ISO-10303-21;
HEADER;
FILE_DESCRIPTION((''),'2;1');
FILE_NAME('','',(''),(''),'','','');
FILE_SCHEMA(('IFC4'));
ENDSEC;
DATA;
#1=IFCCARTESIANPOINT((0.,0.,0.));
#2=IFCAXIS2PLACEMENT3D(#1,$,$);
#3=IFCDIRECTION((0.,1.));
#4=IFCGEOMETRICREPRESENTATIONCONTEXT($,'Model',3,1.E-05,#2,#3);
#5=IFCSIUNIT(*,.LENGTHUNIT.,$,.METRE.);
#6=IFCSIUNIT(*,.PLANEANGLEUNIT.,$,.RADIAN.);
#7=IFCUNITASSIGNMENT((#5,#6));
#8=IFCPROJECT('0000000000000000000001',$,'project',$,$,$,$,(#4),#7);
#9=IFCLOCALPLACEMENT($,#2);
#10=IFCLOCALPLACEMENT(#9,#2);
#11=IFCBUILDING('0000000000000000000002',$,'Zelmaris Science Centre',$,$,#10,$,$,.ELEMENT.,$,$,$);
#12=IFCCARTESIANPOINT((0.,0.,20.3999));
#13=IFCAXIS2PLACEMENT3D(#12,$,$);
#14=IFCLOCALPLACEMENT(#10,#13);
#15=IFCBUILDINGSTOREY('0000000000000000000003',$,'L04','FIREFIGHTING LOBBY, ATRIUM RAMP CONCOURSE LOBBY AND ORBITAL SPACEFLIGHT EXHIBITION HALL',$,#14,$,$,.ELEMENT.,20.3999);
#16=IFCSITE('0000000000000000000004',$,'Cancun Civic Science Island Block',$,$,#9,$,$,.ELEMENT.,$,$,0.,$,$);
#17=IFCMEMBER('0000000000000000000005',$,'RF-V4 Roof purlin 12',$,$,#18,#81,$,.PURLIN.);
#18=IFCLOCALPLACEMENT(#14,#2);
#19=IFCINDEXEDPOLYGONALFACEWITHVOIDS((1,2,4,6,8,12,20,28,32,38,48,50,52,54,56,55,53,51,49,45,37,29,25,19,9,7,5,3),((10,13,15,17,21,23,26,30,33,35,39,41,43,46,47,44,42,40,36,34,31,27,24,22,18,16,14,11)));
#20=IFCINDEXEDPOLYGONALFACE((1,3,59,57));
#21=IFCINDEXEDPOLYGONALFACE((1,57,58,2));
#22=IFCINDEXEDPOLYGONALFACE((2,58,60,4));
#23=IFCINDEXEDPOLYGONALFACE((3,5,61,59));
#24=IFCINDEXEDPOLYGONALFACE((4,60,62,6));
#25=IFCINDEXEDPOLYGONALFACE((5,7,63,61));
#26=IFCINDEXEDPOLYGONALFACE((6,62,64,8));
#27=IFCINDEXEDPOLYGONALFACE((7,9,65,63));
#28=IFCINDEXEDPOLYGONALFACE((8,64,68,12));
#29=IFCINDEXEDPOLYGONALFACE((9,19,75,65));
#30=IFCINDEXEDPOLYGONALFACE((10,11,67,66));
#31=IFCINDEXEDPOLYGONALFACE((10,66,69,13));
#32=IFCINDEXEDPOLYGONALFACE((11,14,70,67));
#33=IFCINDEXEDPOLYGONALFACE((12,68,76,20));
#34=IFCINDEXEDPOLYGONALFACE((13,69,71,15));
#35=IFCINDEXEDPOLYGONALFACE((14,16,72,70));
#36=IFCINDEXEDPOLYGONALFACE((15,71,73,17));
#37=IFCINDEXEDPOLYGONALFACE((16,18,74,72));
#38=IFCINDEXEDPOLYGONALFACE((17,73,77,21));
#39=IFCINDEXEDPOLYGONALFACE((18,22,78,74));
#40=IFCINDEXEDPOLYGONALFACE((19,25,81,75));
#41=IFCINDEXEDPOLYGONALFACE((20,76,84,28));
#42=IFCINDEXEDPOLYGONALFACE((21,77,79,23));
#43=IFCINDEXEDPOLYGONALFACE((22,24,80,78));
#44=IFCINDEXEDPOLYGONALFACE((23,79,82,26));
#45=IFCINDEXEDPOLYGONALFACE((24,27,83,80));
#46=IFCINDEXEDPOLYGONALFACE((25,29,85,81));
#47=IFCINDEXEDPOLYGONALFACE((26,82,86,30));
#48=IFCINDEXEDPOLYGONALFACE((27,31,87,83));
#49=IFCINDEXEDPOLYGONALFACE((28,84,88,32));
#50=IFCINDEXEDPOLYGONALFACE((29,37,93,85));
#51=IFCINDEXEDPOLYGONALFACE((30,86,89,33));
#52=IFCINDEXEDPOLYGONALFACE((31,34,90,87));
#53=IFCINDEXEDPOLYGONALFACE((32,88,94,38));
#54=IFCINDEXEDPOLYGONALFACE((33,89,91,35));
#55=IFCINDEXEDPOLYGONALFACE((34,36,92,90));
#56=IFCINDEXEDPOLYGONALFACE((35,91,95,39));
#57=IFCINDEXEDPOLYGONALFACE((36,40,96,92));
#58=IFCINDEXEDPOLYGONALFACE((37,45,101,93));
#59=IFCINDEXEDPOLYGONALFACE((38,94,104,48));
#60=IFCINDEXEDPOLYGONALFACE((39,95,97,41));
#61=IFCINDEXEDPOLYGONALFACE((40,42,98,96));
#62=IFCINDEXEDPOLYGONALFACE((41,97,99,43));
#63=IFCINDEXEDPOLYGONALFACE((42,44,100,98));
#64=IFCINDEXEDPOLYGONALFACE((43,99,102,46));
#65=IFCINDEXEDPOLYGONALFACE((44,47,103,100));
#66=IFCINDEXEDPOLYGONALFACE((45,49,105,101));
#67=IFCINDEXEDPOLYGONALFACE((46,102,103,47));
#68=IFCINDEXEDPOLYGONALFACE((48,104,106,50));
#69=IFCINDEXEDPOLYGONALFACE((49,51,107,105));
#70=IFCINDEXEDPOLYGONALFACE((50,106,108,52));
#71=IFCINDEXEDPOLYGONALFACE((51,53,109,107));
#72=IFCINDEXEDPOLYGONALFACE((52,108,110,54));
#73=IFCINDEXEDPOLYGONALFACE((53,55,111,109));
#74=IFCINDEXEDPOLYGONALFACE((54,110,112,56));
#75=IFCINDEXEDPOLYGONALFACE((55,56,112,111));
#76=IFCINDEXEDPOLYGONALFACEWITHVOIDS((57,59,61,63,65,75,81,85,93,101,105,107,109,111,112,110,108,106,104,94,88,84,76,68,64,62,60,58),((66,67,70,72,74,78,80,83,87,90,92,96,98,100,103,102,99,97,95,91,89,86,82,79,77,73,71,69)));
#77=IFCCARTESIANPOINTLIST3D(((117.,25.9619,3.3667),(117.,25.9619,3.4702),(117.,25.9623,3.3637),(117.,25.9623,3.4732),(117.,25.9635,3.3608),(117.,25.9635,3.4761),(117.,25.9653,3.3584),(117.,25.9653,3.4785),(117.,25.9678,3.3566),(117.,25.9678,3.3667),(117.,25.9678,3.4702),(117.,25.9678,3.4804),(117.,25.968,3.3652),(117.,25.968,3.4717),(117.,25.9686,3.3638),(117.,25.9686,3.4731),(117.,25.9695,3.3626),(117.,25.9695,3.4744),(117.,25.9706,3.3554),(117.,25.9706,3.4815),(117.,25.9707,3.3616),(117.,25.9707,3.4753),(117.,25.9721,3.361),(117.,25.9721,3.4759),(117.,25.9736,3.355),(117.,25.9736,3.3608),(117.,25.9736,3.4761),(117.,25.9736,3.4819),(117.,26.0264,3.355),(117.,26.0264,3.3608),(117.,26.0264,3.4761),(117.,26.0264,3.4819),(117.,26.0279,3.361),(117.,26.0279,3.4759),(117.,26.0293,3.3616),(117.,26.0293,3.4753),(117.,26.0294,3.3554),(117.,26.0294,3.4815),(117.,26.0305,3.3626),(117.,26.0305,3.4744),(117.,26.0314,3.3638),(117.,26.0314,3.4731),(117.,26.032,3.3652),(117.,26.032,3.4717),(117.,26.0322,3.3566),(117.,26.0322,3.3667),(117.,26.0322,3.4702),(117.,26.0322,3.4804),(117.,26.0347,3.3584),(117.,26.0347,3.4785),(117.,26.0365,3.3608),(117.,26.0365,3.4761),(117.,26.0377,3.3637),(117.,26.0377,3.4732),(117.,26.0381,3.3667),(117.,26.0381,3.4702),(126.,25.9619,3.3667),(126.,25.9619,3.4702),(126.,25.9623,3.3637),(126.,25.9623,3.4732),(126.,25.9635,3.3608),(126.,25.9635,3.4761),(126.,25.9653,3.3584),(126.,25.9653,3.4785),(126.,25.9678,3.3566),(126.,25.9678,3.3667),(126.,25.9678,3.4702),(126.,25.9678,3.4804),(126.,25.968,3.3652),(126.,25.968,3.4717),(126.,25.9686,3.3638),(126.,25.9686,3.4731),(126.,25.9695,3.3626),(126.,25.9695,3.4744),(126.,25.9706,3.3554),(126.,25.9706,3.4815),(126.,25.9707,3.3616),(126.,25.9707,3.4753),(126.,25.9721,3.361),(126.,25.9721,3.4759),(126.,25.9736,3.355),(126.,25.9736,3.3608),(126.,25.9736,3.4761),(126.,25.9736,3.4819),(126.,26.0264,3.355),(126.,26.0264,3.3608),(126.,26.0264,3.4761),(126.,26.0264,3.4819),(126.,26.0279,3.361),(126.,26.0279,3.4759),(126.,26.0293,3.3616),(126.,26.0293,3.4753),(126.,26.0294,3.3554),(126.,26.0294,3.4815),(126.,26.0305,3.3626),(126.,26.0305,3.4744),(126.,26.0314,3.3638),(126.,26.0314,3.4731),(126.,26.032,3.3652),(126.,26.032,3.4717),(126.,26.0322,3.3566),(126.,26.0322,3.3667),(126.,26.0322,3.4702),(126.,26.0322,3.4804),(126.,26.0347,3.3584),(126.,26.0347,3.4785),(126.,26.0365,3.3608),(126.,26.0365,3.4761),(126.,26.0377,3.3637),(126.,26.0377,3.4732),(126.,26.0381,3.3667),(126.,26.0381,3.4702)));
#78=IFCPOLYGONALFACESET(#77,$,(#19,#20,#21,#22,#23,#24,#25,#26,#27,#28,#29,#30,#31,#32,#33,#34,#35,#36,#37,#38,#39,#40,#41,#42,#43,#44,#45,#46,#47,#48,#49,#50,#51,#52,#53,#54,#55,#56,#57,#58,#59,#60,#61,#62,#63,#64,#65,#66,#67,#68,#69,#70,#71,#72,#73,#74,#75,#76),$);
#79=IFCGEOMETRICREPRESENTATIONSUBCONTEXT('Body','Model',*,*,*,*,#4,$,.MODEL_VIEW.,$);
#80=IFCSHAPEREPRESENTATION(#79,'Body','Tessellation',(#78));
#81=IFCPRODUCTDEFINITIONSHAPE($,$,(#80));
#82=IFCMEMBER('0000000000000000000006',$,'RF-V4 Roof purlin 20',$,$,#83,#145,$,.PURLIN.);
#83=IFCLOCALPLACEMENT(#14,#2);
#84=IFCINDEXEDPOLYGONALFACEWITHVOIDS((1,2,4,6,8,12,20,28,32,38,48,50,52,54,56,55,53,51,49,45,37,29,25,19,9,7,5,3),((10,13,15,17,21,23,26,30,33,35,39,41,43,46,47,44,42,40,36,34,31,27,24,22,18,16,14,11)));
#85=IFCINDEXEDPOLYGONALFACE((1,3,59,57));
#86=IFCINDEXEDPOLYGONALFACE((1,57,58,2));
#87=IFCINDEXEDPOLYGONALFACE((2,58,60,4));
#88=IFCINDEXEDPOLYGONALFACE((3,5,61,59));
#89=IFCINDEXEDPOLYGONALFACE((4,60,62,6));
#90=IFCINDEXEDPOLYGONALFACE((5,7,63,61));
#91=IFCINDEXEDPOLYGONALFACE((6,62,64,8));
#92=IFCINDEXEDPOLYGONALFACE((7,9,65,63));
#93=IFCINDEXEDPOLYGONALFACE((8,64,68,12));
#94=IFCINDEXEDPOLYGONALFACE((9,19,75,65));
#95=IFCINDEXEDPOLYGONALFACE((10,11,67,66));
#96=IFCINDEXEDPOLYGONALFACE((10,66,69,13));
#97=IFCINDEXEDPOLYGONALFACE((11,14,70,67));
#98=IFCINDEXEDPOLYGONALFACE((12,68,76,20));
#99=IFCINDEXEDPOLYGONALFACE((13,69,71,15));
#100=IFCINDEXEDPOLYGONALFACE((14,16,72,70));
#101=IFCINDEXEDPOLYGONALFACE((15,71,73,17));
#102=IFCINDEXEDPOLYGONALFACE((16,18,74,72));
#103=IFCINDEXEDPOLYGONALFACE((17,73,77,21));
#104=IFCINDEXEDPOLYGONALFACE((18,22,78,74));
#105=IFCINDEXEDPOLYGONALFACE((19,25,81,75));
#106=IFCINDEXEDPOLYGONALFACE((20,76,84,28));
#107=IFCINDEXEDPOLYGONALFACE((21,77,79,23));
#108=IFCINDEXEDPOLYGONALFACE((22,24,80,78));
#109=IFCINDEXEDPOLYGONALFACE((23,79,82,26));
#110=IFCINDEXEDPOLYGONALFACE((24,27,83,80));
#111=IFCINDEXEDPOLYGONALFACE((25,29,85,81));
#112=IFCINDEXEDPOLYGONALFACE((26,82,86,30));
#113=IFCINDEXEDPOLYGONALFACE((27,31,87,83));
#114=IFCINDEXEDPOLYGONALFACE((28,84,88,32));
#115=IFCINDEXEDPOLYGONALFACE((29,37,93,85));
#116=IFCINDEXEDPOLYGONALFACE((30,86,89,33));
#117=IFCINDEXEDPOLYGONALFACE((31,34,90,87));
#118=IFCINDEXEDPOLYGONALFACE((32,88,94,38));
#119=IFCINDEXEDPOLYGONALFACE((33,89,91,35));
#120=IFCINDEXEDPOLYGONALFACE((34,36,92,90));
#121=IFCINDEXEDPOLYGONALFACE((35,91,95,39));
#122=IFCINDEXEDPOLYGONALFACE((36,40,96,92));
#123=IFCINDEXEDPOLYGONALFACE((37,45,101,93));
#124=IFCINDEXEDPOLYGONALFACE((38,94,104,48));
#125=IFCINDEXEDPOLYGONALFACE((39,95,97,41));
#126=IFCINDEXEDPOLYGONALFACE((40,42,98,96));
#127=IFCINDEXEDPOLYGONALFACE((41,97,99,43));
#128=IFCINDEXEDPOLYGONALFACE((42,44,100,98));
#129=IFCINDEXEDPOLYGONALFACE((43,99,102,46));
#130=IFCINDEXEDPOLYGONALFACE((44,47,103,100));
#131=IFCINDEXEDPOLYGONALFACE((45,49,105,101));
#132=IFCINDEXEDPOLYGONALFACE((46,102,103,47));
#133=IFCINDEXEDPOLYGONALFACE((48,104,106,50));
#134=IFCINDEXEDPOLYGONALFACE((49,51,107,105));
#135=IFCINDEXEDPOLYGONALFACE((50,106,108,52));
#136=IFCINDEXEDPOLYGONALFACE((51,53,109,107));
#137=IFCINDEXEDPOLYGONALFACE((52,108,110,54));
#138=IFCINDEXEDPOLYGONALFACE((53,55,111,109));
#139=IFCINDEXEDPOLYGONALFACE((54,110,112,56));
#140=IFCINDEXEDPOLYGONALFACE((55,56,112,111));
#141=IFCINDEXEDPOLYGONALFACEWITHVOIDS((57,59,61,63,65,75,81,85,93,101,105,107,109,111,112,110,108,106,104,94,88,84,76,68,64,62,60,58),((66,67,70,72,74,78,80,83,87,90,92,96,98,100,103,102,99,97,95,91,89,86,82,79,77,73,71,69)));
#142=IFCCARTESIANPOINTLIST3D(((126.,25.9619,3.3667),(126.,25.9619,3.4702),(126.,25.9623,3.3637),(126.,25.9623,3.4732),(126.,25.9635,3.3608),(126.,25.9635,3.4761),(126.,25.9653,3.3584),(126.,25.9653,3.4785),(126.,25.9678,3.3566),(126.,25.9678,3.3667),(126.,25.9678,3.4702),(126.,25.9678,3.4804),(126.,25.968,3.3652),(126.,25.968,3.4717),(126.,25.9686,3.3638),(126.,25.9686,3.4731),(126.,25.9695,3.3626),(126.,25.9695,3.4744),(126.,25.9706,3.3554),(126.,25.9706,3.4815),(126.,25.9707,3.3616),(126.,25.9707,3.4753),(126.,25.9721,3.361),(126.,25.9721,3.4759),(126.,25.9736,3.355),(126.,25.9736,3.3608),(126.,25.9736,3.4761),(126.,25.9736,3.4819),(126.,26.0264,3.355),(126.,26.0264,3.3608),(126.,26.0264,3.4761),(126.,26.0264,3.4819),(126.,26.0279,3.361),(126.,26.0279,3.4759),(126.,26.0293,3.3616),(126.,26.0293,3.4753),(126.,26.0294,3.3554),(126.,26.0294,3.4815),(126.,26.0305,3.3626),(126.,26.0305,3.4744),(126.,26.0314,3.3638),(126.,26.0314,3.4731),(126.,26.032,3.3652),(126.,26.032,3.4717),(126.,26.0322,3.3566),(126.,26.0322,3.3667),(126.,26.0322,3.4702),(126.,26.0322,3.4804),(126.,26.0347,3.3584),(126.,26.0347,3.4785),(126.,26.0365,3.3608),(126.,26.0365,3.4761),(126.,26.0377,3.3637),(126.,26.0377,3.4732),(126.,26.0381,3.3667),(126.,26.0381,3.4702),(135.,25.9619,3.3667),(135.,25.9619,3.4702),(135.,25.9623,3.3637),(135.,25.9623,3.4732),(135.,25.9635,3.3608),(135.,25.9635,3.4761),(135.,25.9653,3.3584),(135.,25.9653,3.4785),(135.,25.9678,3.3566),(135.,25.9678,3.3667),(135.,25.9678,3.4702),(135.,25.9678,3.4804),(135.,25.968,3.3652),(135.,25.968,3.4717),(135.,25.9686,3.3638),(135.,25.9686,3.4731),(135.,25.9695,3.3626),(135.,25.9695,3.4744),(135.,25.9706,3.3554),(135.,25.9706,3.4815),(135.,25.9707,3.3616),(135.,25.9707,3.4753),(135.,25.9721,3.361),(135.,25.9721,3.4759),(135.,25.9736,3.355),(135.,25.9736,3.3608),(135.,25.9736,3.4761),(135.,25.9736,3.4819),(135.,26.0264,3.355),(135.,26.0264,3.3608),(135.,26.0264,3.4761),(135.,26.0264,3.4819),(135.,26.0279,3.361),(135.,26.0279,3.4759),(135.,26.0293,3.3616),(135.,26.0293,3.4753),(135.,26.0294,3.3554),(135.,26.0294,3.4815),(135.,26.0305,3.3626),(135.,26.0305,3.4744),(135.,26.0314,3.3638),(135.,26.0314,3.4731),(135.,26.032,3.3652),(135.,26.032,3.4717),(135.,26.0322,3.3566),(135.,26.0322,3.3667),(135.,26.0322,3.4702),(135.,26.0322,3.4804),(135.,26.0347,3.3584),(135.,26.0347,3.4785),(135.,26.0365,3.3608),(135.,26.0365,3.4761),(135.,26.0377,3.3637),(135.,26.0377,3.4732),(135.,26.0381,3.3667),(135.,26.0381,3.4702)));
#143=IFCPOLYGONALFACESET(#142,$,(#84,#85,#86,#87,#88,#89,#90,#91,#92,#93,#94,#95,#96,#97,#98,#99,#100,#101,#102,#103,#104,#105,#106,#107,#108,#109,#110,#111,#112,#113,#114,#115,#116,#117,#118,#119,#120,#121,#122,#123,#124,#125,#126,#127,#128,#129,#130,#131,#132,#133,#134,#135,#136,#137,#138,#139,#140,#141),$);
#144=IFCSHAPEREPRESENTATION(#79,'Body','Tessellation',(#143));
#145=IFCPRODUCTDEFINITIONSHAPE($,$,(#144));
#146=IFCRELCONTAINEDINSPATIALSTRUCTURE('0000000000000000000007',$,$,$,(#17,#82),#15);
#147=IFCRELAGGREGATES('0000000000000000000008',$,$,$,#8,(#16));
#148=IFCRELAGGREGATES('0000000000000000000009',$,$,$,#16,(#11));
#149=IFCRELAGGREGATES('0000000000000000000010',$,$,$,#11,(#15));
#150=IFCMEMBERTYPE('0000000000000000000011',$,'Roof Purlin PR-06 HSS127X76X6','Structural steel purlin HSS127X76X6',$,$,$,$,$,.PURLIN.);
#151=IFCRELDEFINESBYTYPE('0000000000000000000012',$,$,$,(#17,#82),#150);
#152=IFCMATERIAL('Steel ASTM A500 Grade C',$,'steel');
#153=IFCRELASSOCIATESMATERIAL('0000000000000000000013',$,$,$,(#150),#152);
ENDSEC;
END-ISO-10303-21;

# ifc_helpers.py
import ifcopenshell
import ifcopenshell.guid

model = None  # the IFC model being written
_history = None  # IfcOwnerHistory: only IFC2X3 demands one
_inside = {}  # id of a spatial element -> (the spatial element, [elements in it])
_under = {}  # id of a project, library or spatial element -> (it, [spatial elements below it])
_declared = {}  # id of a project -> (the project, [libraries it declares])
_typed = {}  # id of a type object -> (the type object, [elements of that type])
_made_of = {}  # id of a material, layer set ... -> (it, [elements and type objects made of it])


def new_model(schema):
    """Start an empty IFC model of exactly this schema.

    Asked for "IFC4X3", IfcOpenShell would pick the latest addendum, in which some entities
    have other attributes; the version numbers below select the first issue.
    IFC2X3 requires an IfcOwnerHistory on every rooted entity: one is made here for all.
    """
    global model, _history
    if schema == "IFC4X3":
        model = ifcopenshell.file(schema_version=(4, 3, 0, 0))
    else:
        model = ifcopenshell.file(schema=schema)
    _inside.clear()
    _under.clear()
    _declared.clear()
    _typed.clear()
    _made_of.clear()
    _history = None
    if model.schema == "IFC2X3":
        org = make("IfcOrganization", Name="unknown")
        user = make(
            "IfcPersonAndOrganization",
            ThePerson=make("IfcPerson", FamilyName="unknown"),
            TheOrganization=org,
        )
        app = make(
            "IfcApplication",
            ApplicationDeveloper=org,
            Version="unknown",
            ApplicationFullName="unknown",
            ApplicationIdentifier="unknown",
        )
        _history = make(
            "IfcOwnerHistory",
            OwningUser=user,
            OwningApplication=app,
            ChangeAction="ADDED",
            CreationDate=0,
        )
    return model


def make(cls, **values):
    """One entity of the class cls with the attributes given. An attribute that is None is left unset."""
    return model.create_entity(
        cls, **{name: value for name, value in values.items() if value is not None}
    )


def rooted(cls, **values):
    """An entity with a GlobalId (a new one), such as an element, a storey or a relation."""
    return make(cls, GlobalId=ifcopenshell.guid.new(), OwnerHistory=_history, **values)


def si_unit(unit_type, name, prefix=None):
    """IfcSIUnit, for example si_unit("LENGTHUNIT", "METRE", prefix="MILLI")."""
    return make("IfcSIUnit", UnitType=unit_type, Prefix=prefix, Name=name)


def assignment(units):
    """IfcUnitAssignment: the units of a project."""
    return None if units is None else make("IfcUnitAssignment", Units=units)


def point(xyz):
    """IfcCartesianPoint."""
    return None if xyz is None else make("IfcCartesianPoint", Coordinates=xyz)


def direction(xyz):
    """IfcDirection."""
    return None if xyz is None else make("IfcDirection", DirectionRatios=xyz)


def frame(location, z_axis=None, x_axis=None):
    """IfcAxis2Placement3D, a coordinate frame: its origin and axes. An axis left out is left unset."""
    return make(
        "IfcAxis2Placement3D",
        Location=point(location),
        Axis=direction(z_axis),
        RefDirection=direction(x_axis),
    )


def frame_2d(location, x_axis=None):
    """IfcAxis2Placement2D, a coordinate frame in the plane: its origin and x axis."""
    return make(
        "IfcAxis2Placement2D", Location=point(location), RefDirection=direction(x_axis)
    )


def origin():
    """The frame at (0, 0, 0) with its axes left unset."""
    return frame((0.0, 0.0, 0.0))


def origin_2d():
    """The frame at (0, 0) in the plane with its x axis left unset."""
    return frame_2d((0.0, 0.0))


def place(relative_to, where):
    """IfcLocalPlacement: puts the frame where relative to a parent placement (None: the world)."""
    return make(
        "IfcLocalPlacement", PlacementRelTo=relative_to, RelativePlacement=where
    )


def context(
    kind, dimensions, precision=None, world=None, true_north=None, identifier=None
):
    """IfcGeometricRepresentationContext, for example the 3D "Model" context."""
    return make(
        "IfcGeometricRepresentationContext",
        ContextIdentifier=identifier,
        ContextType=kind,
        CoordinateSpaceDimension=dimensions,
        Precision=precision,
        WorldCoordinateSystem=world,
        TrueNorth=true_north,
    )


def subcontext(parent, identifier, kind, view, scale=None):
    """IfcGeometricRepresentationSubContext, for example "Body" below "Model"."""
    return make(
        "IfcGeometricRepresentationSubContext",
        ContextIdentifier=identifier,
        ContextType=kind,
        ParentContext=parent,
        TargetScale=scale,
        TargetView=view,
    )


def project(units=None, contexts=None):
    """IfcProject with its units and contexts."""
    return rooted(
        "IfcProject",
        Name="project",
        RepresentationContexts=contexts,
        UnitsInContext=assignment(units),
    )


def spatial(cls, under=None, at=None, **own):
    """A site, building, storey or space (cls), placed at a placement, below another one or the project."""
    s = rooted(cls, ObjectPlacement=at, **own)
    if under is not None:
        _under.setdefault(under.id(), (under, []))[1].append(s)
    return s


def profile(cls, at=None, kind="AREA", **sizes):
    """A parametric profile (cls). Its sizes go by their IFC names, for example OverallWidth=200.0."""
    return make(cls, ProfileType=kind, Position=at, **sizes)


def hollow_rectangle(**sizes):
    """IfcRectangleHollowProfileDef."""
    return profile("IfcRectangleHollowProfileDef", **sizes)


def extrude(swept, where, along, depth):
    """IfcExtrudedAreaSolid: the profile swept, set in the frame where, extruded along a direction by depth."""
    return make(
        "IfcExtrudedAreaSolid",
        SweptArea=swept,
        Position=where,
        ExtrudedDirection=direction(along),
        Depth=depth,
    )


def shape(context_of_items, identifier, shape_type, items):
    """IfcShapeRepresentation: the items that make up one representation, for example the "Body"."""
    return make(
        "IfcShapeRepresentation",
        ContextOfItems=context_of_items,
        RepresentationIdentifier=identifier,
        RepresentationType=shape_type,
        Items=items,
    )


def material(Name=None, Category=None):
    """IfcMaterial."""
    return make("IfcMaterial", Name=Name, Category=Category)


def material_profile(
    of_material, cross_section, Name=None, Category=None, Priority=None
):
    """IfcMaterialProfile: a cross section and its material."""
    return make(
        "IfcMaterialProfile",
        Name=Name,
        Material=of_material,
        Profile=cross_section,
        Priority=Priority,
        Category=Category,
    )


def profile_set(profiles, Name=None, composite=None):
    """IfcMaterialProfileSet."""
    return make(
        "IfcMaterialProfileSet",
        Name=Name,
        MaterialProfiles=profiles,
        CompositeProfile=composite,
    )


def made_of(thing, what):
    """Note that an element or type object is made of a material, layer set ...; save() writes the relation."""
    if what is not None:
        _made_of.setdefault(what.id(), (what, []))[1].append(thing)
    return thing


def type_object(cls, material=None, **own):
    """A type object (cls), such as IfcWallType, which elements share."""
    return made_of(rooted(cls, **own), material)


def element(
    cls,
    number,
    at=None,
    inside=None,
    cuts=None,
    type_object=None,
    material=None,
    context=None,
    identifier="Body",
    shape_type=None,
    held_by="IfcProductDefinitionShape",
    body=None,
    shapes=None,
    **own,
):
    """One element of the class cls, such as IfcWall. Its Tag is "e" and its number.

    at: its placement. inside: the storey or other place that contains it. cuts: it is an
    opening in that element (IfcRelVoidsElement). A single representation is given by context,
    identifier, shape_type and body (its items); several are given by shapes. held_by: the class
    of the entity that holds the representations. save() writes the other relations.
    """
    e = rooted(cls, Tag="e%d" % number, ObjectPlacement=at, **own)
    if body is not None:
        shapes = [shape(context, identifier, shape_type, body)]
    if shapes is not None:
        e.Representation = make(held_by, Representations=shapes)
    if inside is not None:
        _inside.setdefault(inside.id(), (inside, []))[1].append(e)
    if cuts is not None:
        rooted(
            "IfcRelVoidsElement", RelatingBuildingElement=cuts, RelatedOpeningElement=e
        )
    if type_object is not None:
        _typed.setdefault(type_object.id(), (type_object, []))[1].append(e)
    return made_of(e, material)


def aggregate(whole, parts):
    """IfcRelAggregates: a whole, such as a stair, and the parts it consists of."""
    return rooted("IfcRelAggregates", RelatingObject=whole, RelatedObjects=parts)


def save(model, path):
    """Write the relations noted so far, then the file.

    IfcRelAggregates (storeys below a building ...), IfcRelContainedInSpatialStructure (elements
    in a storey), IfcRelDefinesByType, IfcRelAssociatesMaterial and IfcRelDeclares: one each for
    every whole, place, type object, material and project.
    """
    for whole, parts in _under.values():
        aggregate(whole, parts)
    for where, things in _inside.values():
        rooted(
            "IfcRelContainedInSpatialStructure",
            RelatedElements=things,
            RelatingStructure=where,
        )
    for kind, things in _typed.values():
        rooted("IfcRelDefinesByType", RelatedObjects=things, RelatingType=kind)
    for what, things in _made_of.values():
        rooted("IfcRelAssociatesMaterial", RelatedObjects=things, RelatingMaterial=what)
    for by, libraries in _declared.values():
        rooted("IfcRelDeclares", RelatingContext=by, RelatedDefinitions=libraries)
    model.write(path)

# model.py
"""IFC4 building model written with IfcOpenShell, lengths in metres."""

from ifc_helpers import new_model, si_unit, direction, frame, origin, origin_2d, place, context, subcontext, project, spatial, hollow_rectangle, extrude, material, material_profile, profile_set, type_object, element, save


model = new_model("IFC4")

# Units and contexts
model_context = context("Model", 3, precision=1e-05, world=origin(), true_north=direction((0.0, 1.0)))
body_context = subcontext(model_context, "Body", "Model", "MODEL_VIEW")
ifc_project = project(units=[si_unit("LENGTHUNIT", "METRE"), si_unit("PLANEANGLEUNIT", "RADIAN")], contexts=[model_context])

# Site, building, storey
site_placement = place(None, origin())
site = spatial("IfcSite", under=ifc_project, at=site_placement, Name="Cancun Civic Science Island Block", CompositionType="ELEMENT", RefElevation=0.0)
building_placement = place(site_placement, origin())
building = spatial("IfcBuilding", under=site, at=building_placement, Name="Zelmaris Science Centre", CompositionType="ELEMENT")
storey_placement = place(building_placement, frame((0.0, 0.0, 20.3999)))
storey = spatial("IfcBuildingStorey", under=building, at=storey_placement, Name="L04", Description="FIREFIGHTING LOBBY, ATRIUM RAMP CONCOURSE LOBBY AND ORBITAL SPACEFLIGHT EXHIBITION HALL", CompositionType="ELEMENT", Elevation=20.3999)

# Shared definitions
ifc_material = material(Name="Steel ASTM A500 Grade C", Category="steel")

# Members
ifc_material_profile_1 = material_profile(ifc_material, hollow_rectangle(XDim=0.0762, YDim=0.127, WallThickness=0.0059, InnerFilletRadius=0.0059, OuterFilletRadius=0.0117, at=origin_2d()), Name="HSS127X76X6")
ifc_profile_set_1 = profile_set([ifc_material_profile_1], Name="Steel ASTM A500 Grade C")
member_type_1 = type_object("IfcMemberType", Name="Roof Purlin PR-06 HSS127X76X6", Description="Structural steel purlin HSS127X76X6", PredefinedType="PURLIN", material=ifc_profile_set_1)
for number, where, z_axis, x_axis, name in (
    (1, (117.0, 26.0, 3.4185), (1.0, 0.0, 0.0), (0.0, 1.0, 0.0), "RF-V4 Roof purlin 12"),
    (2, (126.0, 26.0, 3.4185), (1.0, 0.0, 0.0), (0.0, 1.0, 0.0), "RF-V4 Roof purlin 20"),
):
    element("IfcMember", number, at=place(storey_placement, frame(where, z_axis=z_axis, x_axis=x_axis)), inside=storey, type_object=member_type_1, Name=name, PredefinedType="PURLIN", context=body_context, shape_type="SweptSolid", body=[
        extrude(hollow_rectangle(XDim=0.0762, YDim=0.127, WallThickness=0.0059, InnerFilletRadius=0.0059, OuterFilletRadius=0.0117, at=origin_2d()), origin(), (0.0, 0.0, 1.0), 9.0),
    ])

save(model, "model.ifc")
